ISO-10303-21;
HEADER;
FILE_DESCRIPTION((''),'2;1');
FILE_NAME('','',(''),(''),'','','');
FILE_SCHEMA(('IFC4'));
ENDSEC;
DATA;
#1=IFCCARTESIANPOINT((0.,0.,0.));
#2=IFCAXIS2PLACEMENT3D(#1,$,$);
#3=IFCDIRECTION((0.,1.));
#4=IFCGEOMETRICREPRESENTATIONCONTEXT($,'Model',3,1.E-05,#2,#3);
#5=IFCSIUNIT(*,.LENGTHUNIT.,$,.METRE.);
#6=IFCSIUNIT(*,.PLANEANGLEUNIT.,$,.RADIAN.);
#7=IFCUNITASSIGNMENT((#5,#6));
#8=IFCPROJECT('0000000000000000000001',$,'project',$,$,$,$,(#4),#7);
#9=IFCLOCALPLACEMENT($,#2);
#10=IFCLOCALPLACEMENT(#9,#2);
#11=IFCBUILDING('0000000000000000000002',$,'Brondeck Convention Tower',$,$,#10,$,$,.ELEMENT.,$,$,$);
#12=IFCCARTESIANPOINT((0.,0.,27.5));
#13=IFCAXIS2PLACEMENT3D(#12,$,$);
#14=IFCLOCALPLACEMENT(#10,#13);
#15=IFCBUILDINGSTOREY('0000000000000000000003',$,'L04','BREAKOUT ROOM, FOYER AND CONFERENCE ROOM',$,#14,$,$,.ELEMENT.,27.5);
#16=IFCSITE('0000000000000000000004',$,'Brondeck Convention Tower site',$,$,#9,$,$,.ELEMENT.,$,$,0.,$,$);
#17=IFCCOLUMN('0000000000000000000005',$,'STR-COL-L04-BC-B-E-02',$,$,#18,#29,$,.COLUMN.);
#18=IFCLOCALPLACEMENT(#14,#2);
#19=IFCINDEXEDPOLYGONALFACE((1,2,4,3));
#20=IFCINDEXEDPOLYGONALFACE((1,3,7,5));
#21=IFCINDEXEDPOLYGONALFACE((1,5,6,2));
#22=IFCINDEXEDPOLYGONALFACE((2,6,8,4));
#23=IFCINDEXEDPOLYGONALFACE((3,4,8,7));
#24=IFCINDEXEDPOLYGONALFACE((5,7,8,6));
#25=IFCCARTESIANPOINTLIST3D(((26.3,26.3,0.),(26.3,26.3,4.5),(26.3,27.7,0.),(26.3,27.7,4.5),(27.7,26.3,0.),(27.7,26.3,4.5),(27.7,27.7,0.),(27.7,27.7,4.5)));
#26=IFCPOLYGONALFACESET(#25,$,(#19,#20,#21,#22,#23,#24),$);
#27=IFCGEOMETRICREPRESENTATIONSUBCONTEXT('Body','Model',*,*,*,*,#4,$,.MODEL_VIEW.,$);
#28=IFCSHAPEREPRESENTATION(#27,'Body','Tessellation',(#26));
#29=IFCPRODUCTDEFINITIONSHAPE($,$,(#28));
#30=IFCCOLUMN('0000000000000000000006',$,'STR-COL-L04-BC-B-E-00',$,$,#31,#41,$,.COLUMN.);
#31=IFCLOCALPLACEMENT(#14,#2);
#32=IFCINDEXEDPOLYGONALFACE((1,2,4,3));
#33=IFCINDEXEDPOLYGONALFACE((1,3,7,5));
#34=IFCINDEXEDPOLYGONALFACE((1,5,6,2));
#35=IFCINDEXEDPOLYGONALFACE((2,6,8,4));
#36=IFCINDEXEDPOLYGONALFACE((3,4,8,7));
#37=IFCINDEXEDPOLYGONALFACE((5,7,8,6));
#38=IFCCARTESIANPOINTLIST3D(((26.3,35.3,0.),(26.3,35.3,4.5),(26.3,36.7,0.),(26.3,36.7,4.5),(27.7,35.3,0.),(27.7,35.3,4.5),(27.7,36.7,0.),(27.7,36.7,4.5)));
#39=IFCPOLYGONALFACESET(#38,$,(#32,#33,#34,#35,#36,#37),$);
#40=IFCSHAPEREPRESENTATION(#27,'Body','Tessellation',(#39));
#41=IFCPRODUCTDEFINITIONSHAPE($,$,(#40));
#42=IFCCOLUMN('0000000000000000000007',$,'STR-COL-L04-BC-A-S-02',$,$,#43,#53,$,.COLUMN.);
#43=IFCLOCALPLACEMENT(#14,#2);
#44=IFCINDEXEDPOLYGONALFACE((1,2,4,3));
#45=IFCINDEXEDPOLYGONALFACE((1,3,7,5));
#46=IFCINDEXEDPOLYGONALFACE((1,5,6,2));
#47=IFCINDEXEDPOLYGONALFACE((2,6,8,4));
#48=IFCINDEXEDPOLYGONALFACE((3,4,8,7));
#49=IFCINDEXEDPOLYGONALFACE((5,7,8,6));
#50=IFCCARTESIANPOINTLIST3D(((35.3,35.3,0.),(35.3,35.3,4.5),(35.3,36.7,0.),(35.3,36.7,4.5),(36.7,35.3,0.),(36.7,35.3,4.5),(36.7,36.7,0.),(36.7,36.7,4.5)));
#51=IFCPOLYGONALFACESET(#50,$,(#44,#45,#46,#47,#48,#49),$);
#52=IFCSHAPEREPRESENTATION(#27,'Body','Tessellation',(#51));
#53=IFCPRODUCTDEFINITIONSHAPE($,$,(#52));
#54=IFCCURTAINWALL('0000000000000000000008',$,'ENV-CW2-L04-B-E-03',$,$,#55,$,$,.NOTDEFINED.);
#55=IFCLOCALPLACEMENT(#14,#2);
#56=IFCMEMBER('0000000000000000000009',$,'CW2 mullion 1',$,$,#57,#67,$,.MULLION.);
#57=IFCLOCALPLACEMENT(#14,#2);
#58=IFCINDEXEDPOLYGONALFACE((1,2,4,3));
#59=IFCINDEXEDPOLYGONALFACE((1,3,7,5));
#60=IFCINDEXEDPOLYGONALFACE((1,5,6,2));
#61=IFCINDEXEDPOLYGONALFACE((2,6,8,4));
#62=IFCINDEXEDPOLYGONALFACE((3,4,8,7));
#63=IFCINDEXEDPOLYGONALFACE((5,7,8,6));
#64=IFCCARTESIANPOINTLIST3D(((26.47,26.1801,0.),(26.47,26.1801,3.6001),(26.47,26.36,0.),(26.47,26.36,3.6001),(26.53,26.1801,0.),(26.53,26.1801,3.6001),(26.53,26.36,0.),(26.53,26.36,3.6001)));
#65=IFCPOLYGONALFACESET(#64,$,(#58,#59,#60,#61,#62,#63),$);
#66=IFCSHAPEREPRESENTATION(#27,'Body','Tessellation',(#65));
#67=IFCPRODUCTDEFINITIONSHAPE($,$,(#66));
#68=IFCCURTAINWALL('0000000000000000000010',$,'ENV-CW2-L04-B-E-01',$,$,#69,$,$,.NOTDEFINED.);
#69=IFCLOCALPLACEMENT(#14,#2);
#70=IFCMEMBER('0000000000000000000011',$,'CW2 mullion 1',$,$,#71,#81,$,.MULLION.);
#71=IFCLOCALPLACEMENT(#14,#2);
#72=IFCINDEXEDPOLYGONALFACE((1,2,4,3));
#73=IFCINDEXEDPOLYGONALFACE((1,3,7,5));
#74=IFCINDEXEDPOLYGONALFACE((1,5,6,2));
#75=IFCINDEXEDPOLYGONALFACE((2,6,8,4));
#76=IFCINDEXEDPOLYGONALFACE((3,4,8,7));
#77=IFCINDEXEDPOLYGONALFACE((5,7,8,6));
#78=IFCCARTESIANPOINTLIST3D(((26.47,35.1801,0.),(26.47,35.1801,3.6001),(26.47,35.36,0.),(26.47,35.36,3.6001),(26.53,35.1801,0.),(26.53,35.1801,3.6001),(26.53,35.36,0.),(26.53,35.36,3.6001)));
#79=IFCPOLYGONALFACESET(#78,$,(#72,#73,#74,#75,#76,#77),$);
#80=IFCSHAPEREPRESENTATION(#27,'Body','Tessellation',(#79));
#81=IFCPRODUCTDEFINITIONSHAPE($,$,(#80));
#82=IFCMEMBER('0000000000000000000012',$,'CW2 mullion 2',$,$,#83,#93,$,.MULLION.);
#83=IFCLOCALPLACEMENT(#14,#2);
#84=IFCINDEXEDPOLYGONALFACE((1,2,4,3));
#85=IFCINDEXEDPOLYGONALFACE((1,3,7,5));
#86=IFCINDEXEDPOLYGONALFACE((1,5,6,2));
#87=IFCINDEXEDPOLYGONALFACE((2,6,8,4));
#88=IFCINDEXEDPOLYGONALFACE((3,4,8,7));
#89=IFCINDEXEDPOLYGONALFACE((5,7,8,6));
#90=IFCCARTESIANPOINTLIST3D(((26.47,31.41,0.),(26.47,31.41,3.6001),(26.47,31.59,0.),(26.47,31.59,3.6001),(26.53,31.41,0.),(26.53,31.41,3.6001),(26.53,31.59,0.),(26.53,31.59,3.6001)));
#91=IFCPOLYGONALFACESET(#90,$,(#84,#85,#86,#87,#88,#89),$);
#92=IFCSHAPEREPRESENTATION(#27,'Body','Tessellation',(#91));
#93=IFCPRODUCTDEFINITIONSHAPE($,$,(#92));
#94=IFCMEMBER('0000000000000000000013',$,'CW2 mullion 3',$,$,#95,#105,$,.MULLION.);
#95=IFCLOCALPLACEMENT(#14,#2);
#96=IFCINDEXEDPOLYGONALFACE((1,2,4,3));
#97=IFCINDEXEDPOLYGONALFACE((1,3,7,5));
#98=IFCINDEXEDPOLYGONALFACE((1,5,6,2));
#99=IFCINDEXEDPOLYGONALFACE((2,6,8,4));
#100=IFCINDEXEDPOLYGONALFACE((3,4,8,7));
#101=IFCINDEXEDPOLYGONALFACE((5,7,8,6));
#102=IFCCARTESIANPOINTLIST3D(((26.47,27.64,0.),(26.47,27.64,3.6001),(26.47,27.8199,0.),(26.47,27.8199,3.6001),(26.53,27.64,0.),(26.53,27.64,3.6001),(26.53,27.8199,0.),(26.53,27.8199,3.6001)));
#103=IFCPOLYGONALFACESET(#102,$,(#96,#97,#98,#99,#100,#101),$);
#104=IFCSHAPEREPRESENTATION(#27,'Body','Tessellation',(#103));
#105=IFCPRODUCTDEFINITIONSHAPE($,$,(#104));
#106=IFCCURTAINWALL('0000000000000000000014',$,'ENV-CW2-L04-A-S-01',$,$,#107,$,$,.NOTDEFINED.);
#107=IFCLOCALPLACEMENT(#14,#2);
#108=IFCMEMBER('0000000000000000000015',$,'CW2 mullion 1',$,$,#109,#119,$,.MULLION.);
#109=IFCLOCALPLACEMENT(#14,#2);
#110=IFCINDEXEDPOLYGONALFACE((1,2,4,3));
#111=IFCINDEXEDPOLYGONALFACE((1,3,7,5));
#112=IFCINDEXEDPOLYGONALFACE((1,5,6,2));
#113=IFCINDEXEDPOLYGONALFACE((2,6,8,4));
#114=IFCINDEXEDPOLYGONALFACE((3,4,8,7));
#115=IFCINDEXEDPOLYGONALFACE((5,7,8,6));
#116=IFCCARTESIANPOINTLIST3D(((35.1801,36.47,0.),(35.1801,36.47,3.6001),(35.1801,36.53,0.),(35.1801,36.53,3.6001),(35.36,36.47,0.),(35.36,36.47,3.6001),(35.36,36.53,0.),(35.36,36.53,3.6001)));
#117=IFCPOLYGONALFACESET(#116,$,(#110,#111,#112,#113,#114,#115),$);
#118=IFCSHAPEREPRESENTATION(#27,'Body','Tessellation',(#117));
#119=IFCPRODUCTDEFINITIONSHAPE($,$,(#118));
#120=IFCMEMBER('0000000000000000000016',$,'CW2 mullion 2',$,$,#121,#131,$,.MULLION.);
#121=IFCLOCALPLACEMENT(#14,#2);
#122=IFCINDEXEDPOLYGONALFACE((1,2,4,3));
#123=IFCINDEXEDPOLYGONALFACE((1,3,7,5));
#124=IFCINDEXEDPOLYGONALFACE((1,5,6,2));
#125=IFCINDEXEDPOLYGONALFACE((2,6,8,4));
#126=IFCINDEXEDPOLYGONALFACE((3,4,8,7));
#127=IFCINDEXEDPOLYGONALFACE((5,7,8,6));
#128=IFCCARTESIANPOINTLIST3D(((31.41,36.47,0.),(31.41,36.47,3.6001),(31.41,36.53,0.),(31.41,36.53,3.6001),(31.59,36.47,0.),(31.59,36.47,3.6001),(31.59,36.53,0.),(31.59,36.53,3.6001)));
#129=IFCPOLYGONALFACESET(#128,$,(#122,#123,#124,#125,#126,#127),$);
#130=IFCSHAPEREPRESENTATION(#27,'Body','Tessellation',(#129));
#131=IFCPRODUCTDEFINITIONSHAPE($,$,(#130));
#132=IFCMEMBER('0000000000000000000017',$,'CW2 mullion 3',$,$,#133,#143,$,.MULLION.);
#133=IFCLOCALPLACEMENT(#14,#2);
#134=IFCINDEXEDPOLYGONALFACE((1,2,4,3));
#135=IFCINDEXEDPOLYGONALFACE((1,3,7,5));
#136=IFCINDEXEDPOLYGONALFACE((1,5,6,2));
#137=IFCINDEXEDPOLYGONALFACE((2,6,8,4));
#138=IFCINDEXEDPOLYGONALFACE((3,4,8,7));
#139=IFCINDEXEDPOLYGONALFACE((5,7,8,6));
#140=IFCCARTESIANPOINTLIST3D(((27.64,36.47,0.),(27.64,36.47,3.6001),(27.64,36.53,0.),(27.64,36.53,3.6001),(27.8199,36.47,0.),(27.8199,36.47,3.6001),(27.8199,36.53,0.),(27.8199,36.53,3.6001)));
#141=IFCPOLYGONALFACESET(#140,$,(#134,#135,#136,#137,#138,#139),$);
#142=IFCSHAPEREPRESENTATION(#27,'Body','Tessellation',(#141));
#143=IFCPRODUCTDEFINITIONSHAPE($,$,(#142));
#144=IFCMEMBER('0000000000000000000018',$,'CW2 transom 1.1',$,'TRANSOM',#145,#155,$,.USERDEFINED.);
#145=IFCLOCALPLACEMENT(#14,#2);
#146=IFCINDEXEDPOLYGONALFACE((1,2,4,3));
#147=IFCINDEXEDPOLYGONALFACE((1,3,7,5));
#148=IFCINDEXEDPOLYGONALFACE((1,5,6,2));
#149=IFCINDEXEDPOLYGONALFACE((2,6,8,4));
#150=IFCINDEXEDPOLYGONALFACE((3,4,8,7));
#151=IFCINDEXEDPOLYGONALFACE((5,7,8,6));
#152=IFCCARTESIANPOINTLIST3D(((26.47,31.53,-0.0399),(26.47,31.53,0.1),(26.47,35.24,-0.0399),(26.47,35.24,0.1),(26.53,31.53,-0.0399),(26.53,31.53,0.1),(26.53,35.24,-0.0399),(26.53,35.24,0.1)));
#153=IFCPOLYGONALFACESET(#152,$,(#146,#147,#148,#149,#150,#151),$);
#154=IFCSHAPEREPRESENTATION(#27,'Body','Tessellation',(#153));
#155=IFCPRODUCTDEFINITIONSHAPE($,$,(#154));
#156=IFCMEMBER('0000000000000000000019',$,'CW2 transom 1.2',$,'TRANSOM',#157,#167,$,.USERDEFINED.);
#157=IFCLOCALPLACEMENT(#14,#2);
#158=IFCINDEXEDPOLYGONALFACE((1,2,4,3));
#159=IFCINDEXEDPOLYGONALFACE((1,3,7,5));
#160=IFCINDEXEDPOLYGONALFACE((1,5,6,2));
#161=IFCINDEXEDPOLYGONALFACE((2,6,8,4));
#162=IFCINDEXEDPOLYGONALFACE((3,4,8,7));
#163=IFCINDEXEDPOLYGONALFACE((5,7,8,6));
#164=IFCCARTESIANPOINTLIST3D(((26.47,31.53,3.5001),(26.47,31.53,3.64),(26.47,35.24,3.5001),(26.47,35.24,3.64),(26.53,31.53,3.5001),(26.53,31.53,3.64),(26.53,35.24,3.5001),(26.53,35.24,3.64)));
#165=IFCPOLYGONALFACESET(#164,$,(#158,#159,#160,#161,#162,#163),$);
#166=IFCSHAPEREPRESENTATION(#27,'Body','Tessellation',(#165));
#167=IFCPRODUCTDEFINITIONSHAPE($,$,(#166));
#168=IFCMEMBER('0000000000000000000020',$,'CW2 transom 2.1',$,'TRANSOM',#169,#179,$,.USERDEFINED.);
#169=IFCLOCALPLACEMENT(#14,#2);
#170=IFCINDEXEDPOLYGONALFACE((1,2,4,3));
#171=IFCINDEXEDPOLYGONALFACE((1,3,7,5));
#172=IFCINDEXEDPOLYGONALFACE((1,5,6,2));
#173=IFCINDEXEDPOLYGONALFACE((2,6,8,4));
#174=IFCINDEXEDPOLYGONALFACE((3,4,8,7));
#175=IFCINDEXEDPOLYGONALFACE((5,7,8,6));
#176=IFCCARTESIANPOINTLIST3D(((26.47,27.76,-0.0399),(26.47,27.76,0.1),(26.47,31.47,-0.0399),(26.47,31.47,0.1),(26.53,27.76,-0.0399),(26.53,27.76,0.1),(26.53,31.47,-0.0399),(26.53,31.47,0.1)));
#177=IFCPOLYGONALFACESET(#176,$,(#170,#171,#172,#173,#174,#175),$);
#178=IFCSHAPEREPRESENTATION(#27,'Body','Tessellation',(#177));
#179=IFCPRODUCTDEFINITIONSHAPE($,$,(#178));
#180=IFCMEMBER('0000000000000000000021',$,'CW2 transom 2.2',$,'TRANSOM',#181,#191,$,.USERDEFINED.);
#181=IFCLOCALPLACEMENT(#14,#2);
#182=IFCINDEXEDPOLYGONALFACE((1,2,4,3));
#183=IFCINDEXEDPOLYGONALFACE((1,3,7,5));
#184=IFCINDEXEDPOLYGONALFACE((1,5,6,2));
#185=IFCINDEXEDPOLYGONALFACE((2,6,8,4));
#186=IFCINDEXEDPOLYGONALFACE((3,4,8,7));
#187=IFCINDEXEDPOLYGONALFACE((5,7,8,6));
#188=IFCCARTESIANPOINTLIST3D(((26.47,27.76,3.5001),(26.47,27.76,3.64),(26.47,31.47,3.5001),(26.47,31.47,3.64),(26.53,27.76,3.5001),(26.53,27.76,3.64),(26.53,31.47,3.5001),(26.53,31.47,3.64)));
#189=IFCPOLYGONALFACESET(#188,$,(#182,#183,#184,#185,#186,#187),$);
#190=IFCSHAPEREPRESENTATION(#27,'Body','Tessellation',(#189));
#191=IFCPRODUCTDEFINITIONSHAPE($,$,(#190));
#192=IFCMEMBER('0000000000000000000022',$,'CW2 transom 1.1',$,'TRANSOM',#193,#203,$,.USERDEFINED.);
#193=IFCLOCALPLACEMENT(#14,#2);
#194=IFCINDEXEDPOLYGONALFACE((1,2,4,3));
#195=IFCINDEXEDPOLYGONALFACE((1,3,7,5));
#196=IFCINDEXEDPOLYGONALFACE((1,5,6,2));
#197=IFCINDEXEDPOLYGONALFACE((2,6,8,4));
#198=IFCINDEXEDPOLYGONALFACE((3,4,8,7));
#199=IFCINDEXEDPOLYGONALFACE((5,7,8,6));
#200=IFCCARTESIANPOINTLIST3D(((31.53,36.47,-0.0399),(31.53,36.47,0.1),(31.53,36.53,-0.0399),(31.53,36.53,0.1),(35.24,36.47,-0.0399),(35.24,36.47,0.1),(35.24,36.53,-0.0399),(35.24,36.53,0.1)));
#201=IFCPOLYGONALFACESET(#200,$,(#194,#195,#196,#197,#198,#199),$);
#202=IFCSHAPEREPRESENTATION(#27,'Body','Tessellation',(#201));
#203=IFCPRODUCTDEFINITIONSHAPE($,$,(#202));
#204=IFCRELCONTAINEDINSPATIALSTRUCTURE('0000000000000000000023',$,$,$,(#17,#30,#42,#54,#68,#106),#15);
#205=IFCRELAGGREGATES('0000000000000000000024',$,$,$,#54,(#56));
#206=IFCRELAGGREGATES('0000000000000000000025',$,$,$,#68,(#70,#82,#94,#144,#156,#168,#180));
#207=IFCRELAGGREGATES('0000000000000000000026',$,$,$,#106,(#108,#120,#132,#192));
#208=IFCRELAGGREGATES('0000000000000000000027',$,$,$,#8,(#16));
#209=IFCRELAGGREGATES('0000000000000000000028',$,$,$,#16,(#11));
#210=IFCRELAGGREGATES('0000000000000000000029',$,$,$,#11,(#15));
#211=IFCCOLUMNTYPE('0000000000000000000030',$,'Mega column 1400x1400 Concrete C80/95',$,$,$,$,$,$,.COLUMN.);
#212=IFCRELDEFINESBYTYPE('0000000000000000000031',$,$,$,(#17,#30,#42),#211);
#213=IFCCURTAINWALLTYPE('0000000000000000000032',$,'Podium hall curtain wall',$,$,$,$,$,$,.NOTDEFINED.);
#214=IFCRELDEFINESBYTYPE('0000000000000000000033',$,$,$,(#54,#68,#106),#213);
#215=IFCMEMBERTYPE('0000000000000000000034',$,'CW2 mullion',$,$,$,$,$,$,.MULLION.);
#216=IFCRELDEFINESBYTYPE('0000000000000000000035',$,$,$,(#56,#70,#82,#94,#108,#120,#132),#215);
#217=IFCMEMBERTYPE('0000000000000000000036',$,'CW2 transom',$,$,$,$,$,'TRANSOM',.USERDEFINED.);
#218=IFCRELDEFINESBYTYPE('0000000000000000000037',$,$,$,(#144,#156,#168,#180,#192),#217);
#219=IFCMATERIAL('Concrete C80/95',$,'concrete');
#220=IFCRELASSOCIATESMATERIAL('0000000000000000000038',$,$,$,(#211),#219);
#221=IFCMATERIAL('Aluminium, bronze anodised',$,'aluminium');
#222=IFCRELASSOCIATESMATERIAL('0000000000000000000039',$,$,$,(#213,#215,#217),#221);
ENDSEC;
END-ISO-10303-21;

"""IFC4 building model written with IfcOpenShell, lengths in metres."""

from ifc_helpers import new_model, si_unit, direction, frame, origin, origin_2d, place, context, subcontext, project, spatial, rectangle, extrude, material, material_profile, profile_set, type_object, element, aggregate, save


model = new_model("IFC4")

# Units and contexts
model_context = context("Model", 3, precision=1e-05, world=origin(), true_north=direction((0.0, 1.0)))
body_context = subcontext(model_context, "Body", "Model", "MODEL_VIEW")
ifc_project = project(units=[si_unit("LENGTHUNIT", "METRE"), si_unit("PLANEANGLEUNIT", "RADIAN")], contexts=[model_context])

# Site, building, storey
site_placement = place(None, origin())
site = spatial("IfcSite", under=ifc_project, at=site_placement, Name="Brondeck Convention Tower site", CompositionType="ELEMENT", RefElevation=0.0)
building_placement = place(site_placement, origin())
building = spatial("IfcBuilding", under=site, at=building_placement, Name="Brondeck Convention Tower", CompositionType="ELEMENT")
storey_placement = place(building_placement, frame((0.0, 0.0, 27.5)))
storey = spatial("IfcBuildingStorey", under=building, at=storey_placement, Name="L04", Description="BREAKOUT ROOM, FOYER AND CONFERENCE ROOM", CompositionType="ELEMENT", Elevation=27.5)

# Columns
ifc_material_1 = material(Name="Concrete C80/95", Category="concrete")
ifc_material_profile_1 = material_profile(ifc_material_1, rectangle(XDim=1.3999, YDim=1.3999, at=origin_2d()), Name="Mega column 1400x1400 Concrete C80/95")
ifc_profile_set_1 = profile_set([ifc_material_profile_1], Name="Concrete C80/95")
column_type = type_object("IfcColumnType", Name="Mega column 1400x1400 Concrete C80/95", PredefinedType="COLUMN", material=ifc_profile_set_1)
for number, where, z_axis, x_axis, name in (
    (1, (27.0, 27.0, 0.0), (0.0, 0.0, 1.0), (1.0, 0.0, 0.0), "STR-COL-L04-BC-B-E-02"),
    (2, (27.0, 36.0, 0.0), (0.0, 0.0, 1.0), (1.0, 0.0, 0.0), "STR-COL-L04-BC-B-E-00"),
    (3, (36.0, 36.0, 0.0), (0.0, 0.0, 1.0), (1.0, 0.0, 0.0), "STR-COL-L04-BC-A-S-02"),
):
    element("IfcColumn", number, at=place(storey_placement, frame(where, z_axis=z_axis, x_axis=x_axis)), inside=storey, type_object=column_type, Name=name, PredefinedType="COLUMN", context=body_context, shape_type="SweptSolid", body=[
        extrude(rectangle(XDim=1.3999, YDim=1.3999, at=origin_2d()), origin(), (0.0, 0.0, 1.0), 4.5),
    ])

# Curtain wall, member
ifc_material_2 = material(Name="Aluminium, bronze anodised", Category="aluminium")
curtain_wall_type = type_object("IfcCurtainWallType", Name="Podium hall curtain wall", PredefinedType="NOTDEFINED", material=ifc_material_2)
curtain_wall_1_placement = place(storey_placement, origin())
curtain_wall_1 = element("IfcCurtainWall", 4, at=curtain_wall_1_placement, inside=storey, type_object=curtain_wall_type, Name="ENV-CW2-L04-B-E-03", PredefinedType="NOTDEFINED")
ifc_material_profile_2 = material_profile(ifc_material_2, rectangle(XDim=0.0601, YDim=0.1799, at=origin_2d()), Name="CW2 mullion")
ifc_profile_set_2 = profile_set([ifc_material_profile_2], Name="Aluminium, bronze anodised")
member_type_1 = type_object("IfcMemberType", Name="CW2 mullion", PredefinedType="MULLION", material=ifc_profile_set_2)
member_1_placement = place(storey_placement, frame((26.5, 26.27, 0.0), z_axis=(0.0, 0.0, 1.0), x_axis=(1.0, 0.0, 0.0)))
member_1 = element("IfcMember", 5, at=member_1_placement, type_object=member_type_1, Name="CW2 mullion 1", PredefinedType="MULLION", context=body_context, shape_type="SweptSolid", body=[
    extrude(rectangle(XDim=0.0601, YDim=0.1799, at=origin_2d()), origin(), (0.0, 0.0, 1.0), 3.6001),
])
aggregate(curtain_wall_1, [member_1])

# Curtain walls, members
curtain_wall_2_placement = place(storey_placement, origin())
curtain_wall_2 = element("IfcCurtainWall", 6, at=curtain_wall_2_placement, inside=storey, type_object=curtain_wall_type, Name="ENV-CW2-L04-B-E-01", PredefinedType="NOTDEFINED")
member_2_placement = place(storey_placement, frame((26.5, 35.27, 0.0), z_axis=(0.0, 0.0, 1.0), x_axis=(1.0, 0.0, 0.0)))
member_2 = element("IfcMember", 7, at=member_2_placement, type_object=member_type_1, Name="CW2 mullion 1", PredefinedType="MULLION", context=body_context, shape_type="SweptSolid", body=[
    extrude(rectangle(XDim=0.0601, YDim=0.1799, at=origin_2d()), origin(), (0.0, 0.0, 1.0), 3.6001),
])
member_3_placement = place(storey_placement, frame((26.5, 31.5, 0.0), z_axis=(0.0, 0.0, 1.0), x_axis=(1.0, 0.0, 0.0)))
member_3 = element("IfcMember", 8, at=member_3_placement, type_object=member_type_1, Name="CW2 mullion 2", PredefinedType="MULLION", context=body_context, shape_type="SweptSolid", body=[
    extrude(rectangle(XDim=0.0601, YDim=0.1799, at=origin_2d()), origin(), (0.0, 0.0, 1.0), 3.6001),
])
member_4_placement = place(storey_placement, frame((26.5, 27.73, 0.0), z_axis=(0.0, 0.0, 1.0), x_axis=(1.0, 0.0, 0.0)))
member_4 = element("IfcMember", 9, at=member_4_placement, type_object=member_type_1, Name="CW2 mullion 3", PredefinedType="MULLION", context=body_context, shape_type="SweptSolid", body=[
    extrude(rectangle(XDim=0.0601, YDim=0.1799, at=origin_2d()), origin(), (0.0, 0.0, 1.0), 3.6001),
])
curtain_wall_3_placement = place(storey_placement, origin())
curtain_wall_3 = element("IfcCurtainWall", 10, at=curtain_wall_3_placement, inside=storey, type_object=curtain_wall_type, Name="ENV-CW2-L04-A-S-01", PredefinedType="NOTDEFINED")
member_5_placement = place(storey_placement, frame((35.27, 36.5, 0.0), z_axis=(0.0, 0.0, 1.0), x_axis=(0.0, -1.0, 0.0)))
member_5 = element("IfcMember", 11, at=member_5_placement, type_object=member_type_1, Name="CW2 mullion 1", PredefinedType="MULLION", context=body_context, shape_type="SweptSolid", body=[
    extrude(rectangle(XDim=0.0601, YDim=0.1799, at=origin_2d()), origin(), (0.0, 0.0, 1.0), 3.6001),
])
member_6_placement = place(storey_placement, frame((31.5, 36.5, 0.0), z_axis=(0.0, 0.0, 1.0), x_axis=(0.0, -1.0, 0.0)))
member_6 = element("IfcMember", 12, at=member_6_placement, type_object=member_type_1, Name="CW2 mullion 2", PredefinedType="MULLION", context=body_context, shape_type="SweptSolid", body=[
    extrude(rectangle(XDim=0.0601, YDim=0.1799, at=origin_2d()), origin(), (0.0, 0.0, 1.0), 3.6001),
])
member_7_placement = place(storey_placement, frame((27.73, 36.5, 0.0), z_axis=(0.0, 0.0, 1.0), x_axis=(0.0, -1.0, 0.0)))
member_7 = element("IfcMember", 13, at=member_7_placement, type_object=member_type_1, Name="CW2 mullion 3", PredefinedType="MULLION", context=body_context, shape_type="SweptSolid", body=[
    extrude(rectangle(XDim=0.0601, YDim=0.1799, at=origin_2d()), origin(), (0.0, 0.0, 1.0), 3.6001),
])

# Members
ifc_material_profile_3 = material_profile(ifc_material_2, rectangle(XDim=0.0601, YDim=0.1399, at=origin_2d()), Name="CW2 transom")
ifc_profile_set_3 = profile_set([ifc_material_profile_3], Name="Aluminium, bronze anodised")
member_type_2 = type_object("IfcMemberType", Name="CW2 transom", ElementType="TRANSOM", PredefinedType="USERDEFINED", material=ifc_profile_set_3)
member_8_placement = place(storey_placement, frame((26.5, 35.24, 0.03), z_axis=(0.0, -1.0, 0.0), x_axis=(1.0, 0.0, 0.0)))
member_8 = element("IfcMember", 14, at=member_8_placement, type_object=member_type_2, Name="CW2 transom 1.1", ObjectType="TRANSOM", PredefinedType="USERDEFINED", context=body_context, shape_type="SweptSolid", body=[
    extrude(rectangle(XDim=0.0601, YDim=0.1399, at=origin_2d()), origin(), (0.0, 0.0, 1.0), 3.71),
])
member_9_placement = place(storey_placement, frame((26.5, 35.24, 3.5701), z_axis=(0.0, -1.0, 0.0), x_axis=(1.0, 0.0, 0.0)))
member_9 = element("IfcMember", 15, at=member_9_placement, type_object=member_type_2, Name="CW2 transom 1.2", ObjectType="TRANSOM", PredefinedType="USERDEFINED", context=body_context, shape_type="SweptSolid", body=[
    extrude(rectangle(XDim=0.0601, YDim=0.1399, at=origin_2d()), origin(), (0.0, 0.0, 1.0), 3.71),
])
member_10_placement = place(storey_placement, frame((26.5, 31.47, 0.03), z_axis=(0.0, -1.0, 0.0), x_axis=(1.0, 0.0, 0.0)))
member_10 = element("IfcMember", 16, at=member_10_placement, type_object=member_type_2, Name="CW2 transom 2.1", ObjectType="TRANSOM", PredefinedType="USERDEFINED", context=body_context, shape_type="SweptSolid", body=[
    extrude(rectangle(XDim=0.0601, YDim=0.1399, at=origin_2d()), origin(), (0.0, 0.0, 1.0), 3.71),
])
member_11_placement = place(storey_placement, frame((26.5, 31.47, 3.5701), z_axis=(0.0, -1.0, 0.0), x_axis=(1.0, 0.0, 0.0)))
member_11 = element("IfcMember", 17, at=member_11_placement, type_object=member_type_2, Name="CW2 transom 2.2", ObjectType="TRANSOM", PredefinedType="USERDEFINED", context=body_context, shape_type="SweptSolid", body=[
    extrude(rectangle(XDim=0.0601, YDim=0.1399, at=origin_2d()), origin(), (0.0, 0.0, 1.0), 3.71),
])
member_12_placement = place(storey_placement, frame((35.24, 36.5, 0.03), z_axis=(-1.0, 0.0, 0.0), x_axis=(0.0, -1.0, 0.0)))
member_12 = element("IfcMember", 18, at=member_12_placement, type_object=member_type_2, Name="CW2 transom 1.1", ObjectType="TRANSOM", PredefinedType="USERDEFINED", context=body_context, shape_type="SweptSolid", body=[
    extrude(rectangle(XDim=0.0601, YDim=0.1399, at=origin_2d()), origin(), (0.0, 0.0, 1.0), 3.71),
])

aggregate(curtain_wall_2, [member_2, member_3, member_4, member_8, member_9, member_10, member_11])
aggregate(curtain_wall_3, [member_5, member_6, member_7, member_12])

save(model, "model.ifc")
